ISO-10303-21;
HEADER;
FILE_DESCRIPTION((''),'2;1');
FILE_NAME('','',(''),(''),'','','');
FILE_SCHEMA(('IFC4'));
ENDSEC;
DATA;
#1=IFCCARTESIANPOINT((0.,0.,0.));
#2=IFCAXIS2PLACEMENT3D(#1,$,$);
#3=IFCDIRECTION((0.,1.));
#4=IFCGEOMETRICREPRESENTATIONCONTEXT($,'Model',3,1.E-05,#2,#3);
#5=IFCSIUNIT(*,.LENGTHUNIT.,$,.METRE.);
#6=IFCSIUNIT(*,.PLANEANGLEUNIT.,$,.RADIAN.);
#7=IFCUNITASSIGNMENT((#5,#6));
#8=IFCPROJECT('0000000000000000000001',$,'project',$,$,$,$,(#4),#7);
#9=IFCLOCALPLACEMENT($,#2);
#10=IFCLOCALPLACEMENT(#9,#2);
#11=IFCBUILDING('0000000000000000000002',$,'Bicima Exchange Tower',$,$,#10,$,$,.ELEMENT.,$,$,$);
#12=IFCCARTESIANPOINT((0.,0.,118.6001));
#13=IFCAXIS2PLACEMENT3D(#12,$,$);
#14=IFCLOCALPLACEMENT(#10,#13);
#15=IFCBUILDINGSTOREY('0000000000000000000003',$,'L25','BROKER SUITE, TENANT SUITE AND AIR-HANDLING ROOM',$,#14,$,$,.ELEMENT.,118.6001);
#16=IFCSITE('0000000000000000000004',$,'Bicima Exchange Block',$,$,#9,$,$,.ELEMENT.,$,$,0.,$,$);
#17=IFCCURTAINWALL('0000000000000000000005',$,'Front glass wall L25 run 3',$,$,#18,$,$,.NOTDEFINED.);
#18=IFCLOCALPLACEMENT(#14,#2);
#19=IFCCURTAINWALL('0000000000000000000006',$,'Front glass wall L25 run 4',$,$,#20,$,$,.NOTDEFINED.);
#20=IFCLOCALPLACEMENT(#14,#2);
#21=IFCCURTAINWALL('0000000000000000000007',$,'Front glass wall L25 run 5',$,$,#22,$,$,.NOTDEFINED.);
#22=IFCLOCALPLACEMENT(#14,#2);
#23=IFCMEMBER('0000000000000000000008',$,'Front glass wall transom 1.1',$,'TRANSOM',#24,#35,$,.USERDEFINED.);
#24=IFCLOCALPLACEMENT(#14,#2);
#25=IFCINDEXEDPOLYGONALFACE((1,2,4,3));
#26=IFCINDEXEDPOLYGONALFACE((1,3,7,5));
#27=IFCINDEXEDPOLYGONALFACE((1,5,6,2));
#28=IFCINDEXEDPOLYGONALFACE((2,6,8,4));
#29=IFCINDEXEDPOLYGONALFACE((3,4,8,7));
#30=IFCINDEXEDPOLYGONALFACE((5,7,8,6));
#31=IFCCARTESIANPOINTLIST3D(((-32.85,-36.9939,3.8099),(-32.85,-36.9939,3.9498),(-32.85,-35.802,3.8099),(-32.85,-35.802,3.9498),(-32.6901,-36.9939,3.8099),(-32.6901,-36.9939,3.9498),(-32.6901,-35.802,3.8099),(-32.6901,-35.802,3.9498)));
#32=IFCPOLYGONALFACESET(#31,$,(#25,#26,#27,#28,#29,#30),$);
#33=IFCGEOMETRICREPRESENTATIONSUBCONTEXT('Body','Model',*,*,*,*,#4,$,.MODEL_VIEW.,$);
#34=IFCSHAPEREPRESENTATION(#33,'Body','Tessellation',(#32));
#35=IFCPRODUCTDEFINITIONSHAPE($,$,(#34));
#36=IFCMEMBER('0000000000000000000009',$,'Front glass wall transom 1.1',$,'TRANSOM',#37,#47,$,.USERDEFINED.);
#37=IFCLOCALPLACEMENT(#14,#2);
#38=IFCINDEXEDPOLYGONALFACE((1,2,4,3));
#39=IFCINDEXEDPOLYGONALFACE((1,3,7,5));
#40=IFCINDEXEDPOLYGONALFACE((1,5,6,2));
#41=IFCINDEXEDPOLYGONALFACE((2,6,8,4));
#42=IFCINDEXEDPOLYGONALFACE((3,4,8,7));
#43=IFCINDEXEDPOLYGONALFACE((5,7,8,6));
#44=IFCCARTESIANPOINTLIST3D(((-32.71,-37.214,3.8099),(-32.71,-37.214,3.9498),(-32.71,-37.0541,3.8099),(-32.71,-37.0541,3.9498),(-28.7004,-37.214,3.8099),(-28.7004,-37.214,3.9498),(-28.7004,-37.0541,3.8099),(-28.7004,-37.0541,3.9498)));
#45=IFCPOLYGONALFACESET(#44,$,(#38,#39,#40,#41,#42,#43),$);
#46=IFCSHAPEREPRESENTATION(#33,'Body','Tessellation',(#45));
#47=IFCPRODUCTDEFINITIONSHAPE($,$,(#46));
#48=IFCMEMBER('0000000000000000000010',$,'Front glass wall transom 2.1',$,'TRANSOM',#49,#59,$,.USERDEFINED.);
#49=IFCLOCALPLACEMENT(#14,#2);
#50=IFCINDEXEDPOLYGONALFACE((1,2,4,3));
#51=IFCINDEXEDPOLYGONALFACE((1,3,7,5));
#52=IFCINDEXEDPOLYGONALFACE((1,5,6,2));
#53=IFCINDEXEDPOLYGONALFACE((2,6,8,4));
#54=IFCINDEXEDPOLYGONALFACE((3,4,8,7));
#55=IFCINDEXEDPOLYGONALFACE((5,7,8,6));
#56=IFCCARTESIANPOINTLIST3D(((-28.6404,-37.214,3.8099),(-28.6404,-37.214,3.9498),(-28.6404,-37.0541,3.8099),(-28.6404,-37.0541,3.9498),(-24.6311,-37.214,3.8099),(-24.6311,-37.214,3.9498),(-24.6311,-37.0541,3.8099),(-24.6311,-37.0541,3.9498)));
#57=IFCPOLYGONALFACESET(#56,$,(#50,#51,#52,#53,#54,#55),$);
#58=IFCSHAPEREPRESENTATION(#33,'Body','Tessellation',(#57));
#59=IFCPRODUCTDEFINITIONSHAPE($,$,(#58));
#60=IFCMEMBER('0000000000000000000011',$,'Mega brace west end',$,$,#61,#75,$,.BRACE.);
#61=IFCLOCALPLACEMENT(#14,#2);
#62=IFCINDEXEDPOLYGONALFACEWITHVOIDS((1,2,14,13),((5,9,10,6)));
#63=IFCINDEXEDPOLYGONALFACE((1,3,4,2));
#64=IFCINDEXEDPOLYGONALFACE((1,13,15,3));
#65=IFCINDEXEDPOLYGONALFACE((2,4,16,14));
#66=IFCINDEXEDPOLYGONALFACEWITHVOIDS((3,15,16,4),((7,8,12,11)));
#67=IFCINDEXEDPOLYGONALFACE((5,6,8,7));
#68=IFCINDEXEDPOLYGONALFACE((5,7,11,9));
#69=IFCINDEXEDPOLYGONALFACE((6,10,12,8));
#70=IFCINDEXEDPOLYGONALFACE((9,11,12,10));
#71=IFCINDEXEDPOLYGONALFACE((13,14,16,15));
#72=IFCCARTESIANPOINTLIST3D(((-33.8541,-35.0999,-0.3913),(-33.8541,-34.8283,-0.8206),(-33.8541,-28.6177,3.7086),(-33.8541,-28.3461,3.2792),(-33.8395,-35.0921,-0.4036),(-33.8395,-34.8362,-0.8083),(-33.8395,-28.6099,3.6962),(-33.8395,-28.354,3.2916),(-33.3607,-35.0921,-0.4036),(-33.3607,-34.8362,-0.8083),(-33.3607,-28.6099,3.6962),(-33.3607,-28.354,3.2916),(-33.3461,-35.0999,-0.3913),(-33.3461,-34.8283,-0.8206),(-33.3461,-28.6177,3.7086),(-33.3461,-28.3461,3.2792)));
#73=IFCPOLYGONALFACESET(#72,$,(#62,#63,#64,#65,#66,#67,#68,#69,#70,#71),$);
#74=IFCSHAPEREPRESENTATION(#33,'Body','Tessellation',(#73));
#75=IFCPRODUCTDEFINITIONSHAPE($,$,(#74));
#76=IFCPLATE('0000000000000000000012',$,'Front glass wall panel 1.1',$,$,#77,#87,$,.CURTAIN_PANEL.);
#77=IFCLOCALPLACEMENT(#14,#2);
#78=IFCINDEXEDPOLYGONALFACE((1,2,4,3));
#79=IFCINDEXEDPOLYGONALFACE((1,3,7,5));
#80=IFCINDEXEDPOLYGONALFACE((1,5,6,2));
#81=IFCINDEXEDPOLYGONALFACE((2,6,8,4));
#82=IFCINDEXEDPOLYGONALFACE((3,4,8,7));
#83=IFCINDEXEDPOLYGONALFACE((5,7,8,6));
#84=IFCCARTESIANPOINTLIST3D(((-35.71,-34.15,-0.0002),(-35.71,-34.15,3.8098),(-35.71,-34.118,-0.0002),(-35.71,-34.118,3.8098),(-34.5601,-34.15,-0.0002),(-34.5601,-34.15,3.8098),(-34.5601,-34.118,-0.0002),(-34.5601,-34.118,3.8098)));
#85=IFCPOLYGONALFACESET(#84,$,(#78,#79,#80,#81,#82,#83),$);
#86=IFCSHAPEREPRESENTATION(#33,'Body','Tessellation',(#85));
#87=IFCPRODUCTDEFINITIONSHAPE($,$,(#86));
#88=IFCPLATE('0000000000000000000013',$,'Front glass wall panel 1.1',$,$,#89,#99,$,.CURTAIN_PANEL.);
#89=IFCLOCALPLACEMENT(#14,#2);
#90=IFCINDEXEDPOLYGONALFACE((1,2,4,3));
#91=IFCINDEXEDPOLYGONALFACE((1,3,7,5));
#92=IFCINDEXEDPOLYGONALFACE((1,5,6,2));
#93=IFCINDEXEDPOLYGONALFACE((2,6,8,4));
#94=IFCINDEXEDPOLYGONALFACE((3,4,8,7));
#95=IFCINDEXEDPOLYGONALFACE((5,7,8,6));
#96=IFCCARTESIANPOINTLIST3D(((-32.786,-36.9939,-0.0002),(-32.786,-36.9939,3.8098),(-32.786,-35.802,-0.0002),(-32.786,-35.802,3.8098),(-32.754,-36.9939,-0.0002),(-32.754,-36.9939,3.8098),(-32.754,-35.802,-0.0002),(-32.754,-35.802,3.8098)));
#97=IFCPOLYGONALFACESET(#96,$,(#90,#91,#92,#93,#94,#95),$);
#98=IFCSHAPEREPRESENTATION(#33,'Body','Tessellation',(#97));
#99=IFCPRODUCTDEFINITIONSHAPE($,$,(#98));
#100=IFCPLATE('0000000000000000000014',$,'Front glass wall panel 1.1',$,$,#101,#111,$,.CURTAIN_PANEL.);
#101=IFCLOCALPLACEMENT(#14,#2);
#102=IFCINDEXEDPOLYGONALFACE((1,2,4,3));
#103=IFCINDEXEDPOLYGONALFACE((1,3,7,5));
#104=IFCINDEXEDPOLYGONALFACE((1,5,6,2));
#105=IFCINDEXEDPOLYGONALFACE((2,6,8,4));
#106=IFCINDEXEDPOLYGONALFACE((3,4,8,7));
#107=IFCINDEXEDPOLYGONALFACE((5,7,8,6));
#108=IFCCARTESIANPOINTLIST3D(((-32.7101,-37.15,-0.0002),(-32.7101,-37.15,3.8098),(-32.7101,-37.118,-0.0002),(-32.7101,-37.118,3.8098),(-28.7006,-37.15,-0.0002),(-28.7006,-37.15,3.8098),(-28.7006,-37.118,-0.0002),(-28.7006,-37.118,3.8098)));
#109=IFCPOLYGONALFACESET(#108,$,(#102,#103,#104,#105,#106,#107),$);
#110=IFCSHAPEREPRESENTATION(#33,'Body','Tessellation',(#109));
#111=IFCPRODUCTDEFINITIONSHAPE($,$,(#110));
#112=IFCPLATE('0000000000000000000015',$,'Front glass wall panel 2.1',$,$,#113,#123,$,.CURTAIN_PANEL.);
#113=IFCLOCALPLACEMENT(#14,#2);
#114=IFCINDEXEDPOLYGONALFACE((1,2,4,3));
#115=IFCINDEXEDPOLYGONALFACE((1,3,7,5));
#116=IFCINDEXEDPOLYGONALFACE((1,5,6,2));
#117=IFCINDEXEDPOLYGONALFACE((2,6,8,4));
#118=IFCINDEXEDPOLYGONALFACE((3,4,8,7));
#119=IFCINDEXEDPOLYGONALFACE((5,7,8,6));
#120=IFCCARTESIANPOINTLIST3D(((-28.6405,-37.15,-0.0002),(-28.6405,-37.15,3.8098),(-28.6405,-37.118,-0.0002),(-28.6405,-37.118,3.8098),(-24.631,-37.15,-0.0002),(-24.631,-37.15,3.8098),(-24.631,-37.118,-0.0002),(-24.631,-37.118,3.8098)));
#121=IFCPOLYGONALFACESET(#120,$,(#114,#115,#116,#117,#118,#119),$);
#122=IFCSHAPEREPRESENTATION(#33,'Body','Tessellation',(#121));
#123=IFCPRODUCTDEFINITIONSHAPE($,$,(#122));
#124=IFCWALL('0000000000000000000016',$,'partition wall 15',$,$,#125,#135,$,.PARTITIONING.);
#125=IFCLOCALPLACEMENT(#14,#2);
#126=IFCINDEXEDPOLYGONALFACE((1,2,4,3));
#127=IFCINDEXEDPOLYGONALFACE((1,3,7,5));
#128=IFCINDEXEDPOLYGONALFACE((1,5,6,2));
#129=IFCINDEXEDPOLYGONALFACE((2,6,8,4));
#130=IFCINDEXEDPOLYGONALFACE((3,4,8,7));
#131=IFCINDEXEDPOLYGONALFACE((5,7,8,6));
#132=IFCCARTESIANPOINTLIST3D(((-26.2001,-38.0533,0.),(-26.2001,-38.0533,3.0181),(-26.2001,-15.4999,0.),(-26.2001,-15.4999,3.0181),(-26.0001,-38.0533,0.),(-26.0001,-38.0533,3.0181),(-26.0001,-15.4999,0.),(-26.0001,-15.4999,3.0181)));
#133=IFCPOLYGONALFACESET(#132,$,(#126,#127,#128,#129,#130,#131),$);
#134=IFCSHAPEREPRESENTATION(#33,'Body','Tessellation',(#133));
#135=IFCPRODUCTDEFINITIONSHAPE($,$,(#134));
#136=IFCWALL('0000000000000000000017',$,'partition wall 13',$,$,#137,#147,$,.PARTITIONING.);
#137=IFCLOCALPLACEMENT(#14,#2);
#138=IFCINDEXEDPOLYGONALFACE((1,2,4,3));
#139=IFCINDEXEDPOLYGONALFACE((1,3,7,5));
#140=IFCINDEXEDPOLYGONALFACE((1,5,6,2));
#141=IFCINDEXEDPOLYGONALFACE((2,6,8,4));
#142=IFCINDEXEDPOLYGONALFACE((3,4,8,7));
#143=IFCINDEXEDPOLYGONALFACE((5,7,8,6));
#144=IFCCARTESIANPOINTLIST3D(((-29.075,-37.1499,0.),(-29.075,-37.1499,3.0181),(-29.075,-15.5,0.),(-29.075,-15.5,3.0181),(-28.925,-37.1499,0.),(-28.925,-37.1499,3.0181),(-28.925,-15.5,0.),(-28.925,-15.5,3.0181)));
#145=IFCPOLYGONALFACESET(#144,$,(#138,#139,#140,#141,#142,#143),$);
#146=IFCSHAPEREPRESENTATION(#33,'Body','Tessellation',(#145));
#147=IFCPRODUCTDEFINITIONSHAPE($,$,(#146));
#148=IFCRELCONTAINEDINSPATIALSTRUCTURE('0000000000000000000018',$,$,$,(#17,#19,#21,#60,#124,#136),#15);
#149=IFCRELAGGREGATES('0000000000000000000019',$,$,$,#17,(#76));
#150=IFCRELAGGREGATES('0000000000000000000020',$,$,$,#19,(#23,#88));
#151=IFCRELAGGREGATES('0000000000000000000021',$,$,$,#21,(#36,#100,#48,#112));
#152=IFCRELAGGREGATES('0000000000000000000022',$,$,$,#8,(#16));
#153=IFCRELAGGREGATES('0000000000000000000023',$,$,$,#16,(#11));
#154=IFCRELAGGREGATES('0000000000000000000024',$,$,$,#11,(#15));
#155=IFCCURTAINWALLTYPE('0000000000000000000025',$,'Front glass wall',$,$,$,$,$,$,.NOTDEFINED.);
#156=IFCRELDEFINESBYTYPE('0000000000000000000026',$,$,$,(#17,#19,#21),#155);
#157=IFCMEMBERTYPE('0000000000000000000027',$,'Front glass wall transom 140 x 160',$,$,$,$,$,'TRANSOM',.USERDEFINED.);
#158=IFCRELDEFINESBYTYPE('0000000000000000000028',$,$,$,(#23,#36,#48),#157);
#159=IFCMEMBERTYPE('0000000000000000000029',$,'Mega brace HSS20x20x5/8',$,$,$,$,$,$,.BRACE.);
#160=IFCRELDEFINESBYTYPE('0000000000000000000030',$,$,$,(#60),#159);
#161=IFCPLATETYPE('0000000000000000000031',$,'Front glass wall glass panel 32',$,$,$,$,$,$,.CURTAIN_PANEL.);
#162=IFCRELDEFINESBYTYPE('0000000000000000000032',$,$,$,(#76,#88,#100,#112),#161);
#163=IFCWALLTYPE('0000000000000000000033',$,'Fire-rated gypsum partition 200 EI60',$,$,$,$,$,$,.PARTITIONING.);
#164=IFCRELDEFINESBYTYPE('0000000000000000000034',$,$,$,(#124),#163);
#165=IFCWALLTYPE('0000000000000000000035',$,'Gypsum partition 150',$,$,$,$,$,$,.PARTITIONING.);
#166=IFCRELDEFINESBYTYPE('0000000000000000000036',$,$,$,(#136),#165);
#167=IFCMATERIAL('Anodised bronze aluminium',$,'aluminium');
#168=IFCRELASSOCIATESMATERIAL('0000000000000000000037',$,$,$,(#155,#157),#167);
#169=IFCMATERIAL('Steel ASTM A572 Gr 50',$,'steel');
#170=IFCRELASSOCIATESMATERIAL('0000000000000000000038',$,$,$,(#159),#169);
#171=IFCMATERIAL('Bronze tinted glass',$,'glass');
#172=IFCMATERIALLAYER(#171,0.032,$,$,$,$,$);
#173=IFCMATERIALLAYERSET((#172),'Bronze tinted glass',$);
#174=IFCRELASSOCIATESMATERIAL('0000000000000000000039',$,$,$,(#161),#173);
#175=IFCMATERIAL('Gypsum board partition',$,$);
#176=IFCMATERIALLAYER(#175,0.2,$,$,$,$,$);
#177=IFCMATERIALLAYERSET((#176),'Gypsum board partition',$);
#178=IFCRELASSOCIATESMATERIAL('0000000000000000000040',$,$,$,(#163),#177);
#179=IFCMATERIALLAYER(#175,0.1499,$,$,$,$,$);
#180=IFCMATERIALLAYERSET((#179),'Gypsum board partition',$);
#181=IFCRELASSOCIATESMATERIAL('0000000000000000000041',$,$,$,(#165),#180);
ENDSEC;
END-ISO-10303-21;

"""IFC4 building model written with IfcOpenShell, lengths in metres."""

from ifc_helpers import new_model, si_unit, direction, frame, frame_2d, origin, origin_2d, place, context, subcontext, project, spatial, rectangle, hollow_rectangle, extrude, material, layer, layer_set, material_profile, profile_set, type_object, element, aggregate, save


model = new_model("IFC4")

# Units and contexts
model_context = context("Model", 3, precision=1e-05, world=origin(), true_north=direction((0.0, 1.0)))
body_context = subcontext(model_context, "Body", "Model", "MODEL_VIEW")
ifc_project = project(units=[si_unit("LENGTHUNIT", "METRE"), si_unit("PLANEANGLEUNIT", "RADIAN")], contexts=[model_context])

# Site, building, storey
site_placement = place(None, origin())
site = spatial("IfcSite", under=ifc_project, at=site_placement, Name="Bicima Exchange Block", CompositionType="ELEMENT", RefElevation=0.0)
building_placement = place(site_placement, origin())
building = spatial("IfcBuilding", under=site, at=building_placement, Name="Bicima Exchange Tower", CompositionType="ELEMENT")
storey_placement = place(building_placement, frame((0.0, 0.0, 118.6001)))
storey = spatial("IfcBuildingStorey", under=building, at=storey_placement, Name="L25", Description="BROKER SUITE, TENANT SUITE AND AIR-HANDLING ROOM", CompositionType="ELEMENT", Elevation=118.6001)

# Shared definitions
ifc_material_1 = material(Name="Steel ASTM A572 Gr 50", Category="steel")

# Curtain wall
ifc_material_2 = material(Name="Anodised bronze aluminium", Category="aluminium")
curtain_wall_type = type_object("IfcCurtainWallType", Name="Front glass wall", PredefinedType="NOTDEFINED", material=ifc_material_2)
curtain_wall_1_placement = place(storey_placement, origin())
curtain_wall_1 = element("IfcCurtainWall", 1, at=curtain_wall_1_placement, inside=storey, type_object=curtain_wall_type, Name="Front glass wall L25 run 3", PredefinedType="NOTDEFINED")

# Curtain walls
curtain_wall_2_placement = place(storey_placement, origin())
curtain_wall_2 = element("IfcCurtainWall", 2, at=curtain_wall_2_placement, inside=storey, type_object=curtain_wall_type, Name="Front glass wall L25 run 4", PredefinedType="NOTDEFINED")
curtain_wall_3_placement = place(storey_placement, origin())
curtain_wall_3 = element("IfcCurtainWall", 3, at=curtain_wall_3_placement, inside=storey, type_object=curtain_wall_type, Name="Front glass wall L25 run 5", PredefinedType="NOTDEFINED")

# Members
ifc_material_profile_1 = material_profile(ifc_material_2, rectangle(XDim=0.1599, YDim=0.1399, at=origin_2d()))
ifc_profile_set_1 = profile_set([ifc_material_profile_1], Name="Anodised bronze aluminium")
member_type_1 = type_object("IfcMemberType", Name="Front glass wall transom 140 x 160", ElementType="TRANSOM", PredefinedType="USERDEFINED", material=ifc_profile_set_1)
member_1_placement = place(storey_placement, frame((-32.77, -35.802, 3.8799), z_axis=(0.0, -1.0, 0.0), x_axis=(1.0, 0.0, 0.0)))
member_1 = element("IfcMember", 4, at=member_1_placement, type_object=member_type_1, Name="Front glass wall transom 1.1", ObjectType="TRANSOM", PredefinedType="USERDEFINED", context=body_context, shape_type="SweptSolid", body=[
    extrude(rectangle(XDim=0.1599, YDim=0.1399, at=origin_2d()), origin(), (0.0, 0.0, 1.0), 1.1919),
])
member_2_placement = place(storey_placement, frame((-32.71, -37.134, 3.8799), z_axis=(1.0, 0.0, 0.0), x_axis=(0.0, 1.0, 0.0)))
member_2 = element("IfcMember", 5, at=member_2_placement, type_object=member_type_1, Name="Front glass wall transom 1.1", ObjectType="TRANSOM", PredefinedType="USERDEFINED", context=body_context, shape_type="SweptSolid", body=[
    extrude(rectangle(XDim=0.1599, YDim=0.1399, at=origin_2d()), origin(), (0.0, 0.0, 1.0), 4.0095),
])
member_3_placement = place(storey_placement, frame((-28.6404, -37.134, 3.8799), z_axis=(1.0, 0.0, 0.0), x_axis=(0.0, 1.0, 0.0)))
member_3 = element("IfcMember", 6, at=member_3_placement, type_object=member_type_1, Name="Front glass wall transom 2.1", ObjectType="TRANSOM", PredefinedType="USERDEFINED", context=body_context, shape_type="SweptSolid", body=[
    extrude(rectangle(XDim=0.1599, YDim=0.1399, at=origin_2d()), origin(), (0.0, 0.0, 1.0), 4.0093),
])
ifc_material_profile_2 = material_profile(ifc_material_1, hollow_rectangle(XDim=0.5081, YDim=0.5081, WallThickness=0.0146, at=origin_2d()))
ifc_profile_set_2 = profile_set([ifc_material_profile_2], Name="Steel ASTM A572 Gr 50")
member_type_2 = type_object("IfcMemberType", Name="Mega brace HSS20x20x5/8", PredefinedType="BRACE", material=ifc_profile_set_2)
member_4_placement = place(storey_placement, frame((-33.6001, -34.9641, -0.606), z_axis=(0.0, 0.845145, 0.534538), x_axis=(-1.0, 0.0, 0.0)))
element("IfcMember", 7, at=member_4_placement, inside=storey, type_object=member_type_2, Name="Mega brace west end", PredefinedType="BRACE", context=body_context, shape_type="SweptSolid", body=[
    extrude(hollow_rectangle(XDim=0.5081, YDim=0.5081, WallThickness=0.0146, at=origin_2d()), origin(), (0.0, 0.0, 1.0), 7.6699),
])

# Plates
ifc_material_3 = material(Name="Bronze tinted glass", Category="glass")
ifc_layer_1 = layer(ifc_material_3, 0.032)
ifc_layer_set_1 = layer_set([ifc_layer_1], Name="Bronze tinted glass")
plate_type = type_object("IfcPlateType", Name="Front glass wall glass panel 32", PredefinedType="CURTAIN_PANEL", material=ifc_layer_set_1)
plate_1_placement = place(storey_placement, frame((-35.135, -34.134, -0.0002), z_axis=(0.0, 0.0, 1.0), x_axis=(1.0, 0.0, 0.0)))
plate_1 = element("IfcPlate", 8, at=plate_1_placement, type_object=plate_type, Name="Front glass wall panel 1.1", PredefinedType="CURTAIN_PANEL", context=body_context, shape_type="SweptSolid", body=[
    extrude(rectangle(XDim=1.1499, YDim=0.032, at=origin_2d()), origin(), (0.0, 0.0, 1.0), 3.8101),
])
aggregate(curtain_wall_1, [plate_1])
plate_2_placement = place(storey_placement, frame((-32.77, -36.3979, -0.0002), z_axis=(0.0, 0.0, 1.0), x_axis=(0.0, -1.0, 0.0)))
plate_2 = element("IfcPlate", 9, at=plate_2_placement, type_object=plate_type, Name="Front glass wall panel 1.1", PredefinedType="CURTAIN_PANEL", context=body_context, shape_type="SweptSolid", body=[
    extrude(rectangle(XDim=1.1919, YDim=0.032, at=origin_2d()), origin(), (0.0, 0.0, 1.0), 3.8101),
])
aggregate(curtain_wall_2, [member_1, plate_2])
plate_3_placement = place(storey_placement, frame((-30.7053, -37.134, -0.0002), z_axis=(0.0, 0.0, 1.0), x_axis=(1.0, 0.0, 0.0)))
plate_3 = element("IfcPlate", 10, at=plate_3_placement, type_object=plate_type, Name="Front glass wall panel 1.1", PredefinedType="CURTAIN_PANEL", context=body_context, shape_type="SweptSolid", body=[
    extrude(rectangle(XDim=4.0095, YDim=0.032, at=origin_2d()), origin(), (0.0, 0.0, 1.0), 3.8101),
])
plate_4_placement = place(storey_placement, frame((-26.6357, -37.134, -0.0002), z_axis=(0.0, 0.0, 1.0), x_axis=(1.0, 0.0, 0.0)))
plate_4 = element("IfcPlate", 11, at=plate_4_placement, type_object=plate_type, Name="Front glass wall panel 2.1", PredefinedType="CURTAIN_PANEL", context=body_context, shape_type="SweptSolid", body=[
    extrude(rectangle(XDim=4.0095, YDim=0.032, at=origin_2d()), origin(), (0.0, 0.0, 1.0), 3.8101),
])
aggregate(curtain_wall_3, [member_2, plate_3, member_3, plate_4])

# Walls
ifc_material_4 = material(Name="Gypsum board partition")
ifc_layer_2 = layer(ifc_material_4, 0.2)
ifc_layer_set_2 = layer_set([ifc_layer_2], Name="Gypsum board partition")
wall_type_1 = type_object("IfcWallType", Name="Fire-rated gypsum partition 200 EI60", PredefinedType="PARTITIONING", material=ifc_layer_set_2)
wall_1_placement = place(storey_placement, frame((-26.1001, -38.0535, 0.0), z_axis=(0.0, 0.0, 1.0), x_axis=(0.0, 1.0, 0.0)))
element("IfcWall", 12, at=wall_1_placement, inside=storey, type_object=wall_type_1, Name="partition wall 15", PredefinedType="PARTITIONING", context=body_context, shape_type="SweptSolid", body=[
    extrude(rectangle(XDim=22.5535, YDim=0.2, at=frame_2d((11.2769, 0.0))), origin(), (0.0, 0.0, 1.0), 3.0181),
])
ifc_layer_3 = layer(ifc_material_4, 0.1499)
ifc_layer_set_3 = layer_set([ifc_layer_3], Name="Gypsum board partition")
wall_type_2 = type_object("IfcWallType", Name="Gypsum partition 150", PredefinedType="PARTITIONING", material=ifc_layer_set_3)
wall_2_placement = place(storey_placement, frame((-29.0, -37.1499, 0.0), z_axis=(0.0, 0.0, 1.0), x_axis=(0.0, 1.0, 0.0)))
element("IfcWall", 13, at=wall_2_placement, inside=storey, type_object=wall_type_2, Name="partition wall 13", PredefinedType="PARTITIONING", context=body_context, shape_type="SweptSolid", body=[
    extrude(rectangle(XDim=21.6499, YDim=0.1499, at=frame_2d((10.825, 0.0))), origin(), (0.0, 0.0, 1.0), 3.0181),
])

save(model, "model.ifc")
